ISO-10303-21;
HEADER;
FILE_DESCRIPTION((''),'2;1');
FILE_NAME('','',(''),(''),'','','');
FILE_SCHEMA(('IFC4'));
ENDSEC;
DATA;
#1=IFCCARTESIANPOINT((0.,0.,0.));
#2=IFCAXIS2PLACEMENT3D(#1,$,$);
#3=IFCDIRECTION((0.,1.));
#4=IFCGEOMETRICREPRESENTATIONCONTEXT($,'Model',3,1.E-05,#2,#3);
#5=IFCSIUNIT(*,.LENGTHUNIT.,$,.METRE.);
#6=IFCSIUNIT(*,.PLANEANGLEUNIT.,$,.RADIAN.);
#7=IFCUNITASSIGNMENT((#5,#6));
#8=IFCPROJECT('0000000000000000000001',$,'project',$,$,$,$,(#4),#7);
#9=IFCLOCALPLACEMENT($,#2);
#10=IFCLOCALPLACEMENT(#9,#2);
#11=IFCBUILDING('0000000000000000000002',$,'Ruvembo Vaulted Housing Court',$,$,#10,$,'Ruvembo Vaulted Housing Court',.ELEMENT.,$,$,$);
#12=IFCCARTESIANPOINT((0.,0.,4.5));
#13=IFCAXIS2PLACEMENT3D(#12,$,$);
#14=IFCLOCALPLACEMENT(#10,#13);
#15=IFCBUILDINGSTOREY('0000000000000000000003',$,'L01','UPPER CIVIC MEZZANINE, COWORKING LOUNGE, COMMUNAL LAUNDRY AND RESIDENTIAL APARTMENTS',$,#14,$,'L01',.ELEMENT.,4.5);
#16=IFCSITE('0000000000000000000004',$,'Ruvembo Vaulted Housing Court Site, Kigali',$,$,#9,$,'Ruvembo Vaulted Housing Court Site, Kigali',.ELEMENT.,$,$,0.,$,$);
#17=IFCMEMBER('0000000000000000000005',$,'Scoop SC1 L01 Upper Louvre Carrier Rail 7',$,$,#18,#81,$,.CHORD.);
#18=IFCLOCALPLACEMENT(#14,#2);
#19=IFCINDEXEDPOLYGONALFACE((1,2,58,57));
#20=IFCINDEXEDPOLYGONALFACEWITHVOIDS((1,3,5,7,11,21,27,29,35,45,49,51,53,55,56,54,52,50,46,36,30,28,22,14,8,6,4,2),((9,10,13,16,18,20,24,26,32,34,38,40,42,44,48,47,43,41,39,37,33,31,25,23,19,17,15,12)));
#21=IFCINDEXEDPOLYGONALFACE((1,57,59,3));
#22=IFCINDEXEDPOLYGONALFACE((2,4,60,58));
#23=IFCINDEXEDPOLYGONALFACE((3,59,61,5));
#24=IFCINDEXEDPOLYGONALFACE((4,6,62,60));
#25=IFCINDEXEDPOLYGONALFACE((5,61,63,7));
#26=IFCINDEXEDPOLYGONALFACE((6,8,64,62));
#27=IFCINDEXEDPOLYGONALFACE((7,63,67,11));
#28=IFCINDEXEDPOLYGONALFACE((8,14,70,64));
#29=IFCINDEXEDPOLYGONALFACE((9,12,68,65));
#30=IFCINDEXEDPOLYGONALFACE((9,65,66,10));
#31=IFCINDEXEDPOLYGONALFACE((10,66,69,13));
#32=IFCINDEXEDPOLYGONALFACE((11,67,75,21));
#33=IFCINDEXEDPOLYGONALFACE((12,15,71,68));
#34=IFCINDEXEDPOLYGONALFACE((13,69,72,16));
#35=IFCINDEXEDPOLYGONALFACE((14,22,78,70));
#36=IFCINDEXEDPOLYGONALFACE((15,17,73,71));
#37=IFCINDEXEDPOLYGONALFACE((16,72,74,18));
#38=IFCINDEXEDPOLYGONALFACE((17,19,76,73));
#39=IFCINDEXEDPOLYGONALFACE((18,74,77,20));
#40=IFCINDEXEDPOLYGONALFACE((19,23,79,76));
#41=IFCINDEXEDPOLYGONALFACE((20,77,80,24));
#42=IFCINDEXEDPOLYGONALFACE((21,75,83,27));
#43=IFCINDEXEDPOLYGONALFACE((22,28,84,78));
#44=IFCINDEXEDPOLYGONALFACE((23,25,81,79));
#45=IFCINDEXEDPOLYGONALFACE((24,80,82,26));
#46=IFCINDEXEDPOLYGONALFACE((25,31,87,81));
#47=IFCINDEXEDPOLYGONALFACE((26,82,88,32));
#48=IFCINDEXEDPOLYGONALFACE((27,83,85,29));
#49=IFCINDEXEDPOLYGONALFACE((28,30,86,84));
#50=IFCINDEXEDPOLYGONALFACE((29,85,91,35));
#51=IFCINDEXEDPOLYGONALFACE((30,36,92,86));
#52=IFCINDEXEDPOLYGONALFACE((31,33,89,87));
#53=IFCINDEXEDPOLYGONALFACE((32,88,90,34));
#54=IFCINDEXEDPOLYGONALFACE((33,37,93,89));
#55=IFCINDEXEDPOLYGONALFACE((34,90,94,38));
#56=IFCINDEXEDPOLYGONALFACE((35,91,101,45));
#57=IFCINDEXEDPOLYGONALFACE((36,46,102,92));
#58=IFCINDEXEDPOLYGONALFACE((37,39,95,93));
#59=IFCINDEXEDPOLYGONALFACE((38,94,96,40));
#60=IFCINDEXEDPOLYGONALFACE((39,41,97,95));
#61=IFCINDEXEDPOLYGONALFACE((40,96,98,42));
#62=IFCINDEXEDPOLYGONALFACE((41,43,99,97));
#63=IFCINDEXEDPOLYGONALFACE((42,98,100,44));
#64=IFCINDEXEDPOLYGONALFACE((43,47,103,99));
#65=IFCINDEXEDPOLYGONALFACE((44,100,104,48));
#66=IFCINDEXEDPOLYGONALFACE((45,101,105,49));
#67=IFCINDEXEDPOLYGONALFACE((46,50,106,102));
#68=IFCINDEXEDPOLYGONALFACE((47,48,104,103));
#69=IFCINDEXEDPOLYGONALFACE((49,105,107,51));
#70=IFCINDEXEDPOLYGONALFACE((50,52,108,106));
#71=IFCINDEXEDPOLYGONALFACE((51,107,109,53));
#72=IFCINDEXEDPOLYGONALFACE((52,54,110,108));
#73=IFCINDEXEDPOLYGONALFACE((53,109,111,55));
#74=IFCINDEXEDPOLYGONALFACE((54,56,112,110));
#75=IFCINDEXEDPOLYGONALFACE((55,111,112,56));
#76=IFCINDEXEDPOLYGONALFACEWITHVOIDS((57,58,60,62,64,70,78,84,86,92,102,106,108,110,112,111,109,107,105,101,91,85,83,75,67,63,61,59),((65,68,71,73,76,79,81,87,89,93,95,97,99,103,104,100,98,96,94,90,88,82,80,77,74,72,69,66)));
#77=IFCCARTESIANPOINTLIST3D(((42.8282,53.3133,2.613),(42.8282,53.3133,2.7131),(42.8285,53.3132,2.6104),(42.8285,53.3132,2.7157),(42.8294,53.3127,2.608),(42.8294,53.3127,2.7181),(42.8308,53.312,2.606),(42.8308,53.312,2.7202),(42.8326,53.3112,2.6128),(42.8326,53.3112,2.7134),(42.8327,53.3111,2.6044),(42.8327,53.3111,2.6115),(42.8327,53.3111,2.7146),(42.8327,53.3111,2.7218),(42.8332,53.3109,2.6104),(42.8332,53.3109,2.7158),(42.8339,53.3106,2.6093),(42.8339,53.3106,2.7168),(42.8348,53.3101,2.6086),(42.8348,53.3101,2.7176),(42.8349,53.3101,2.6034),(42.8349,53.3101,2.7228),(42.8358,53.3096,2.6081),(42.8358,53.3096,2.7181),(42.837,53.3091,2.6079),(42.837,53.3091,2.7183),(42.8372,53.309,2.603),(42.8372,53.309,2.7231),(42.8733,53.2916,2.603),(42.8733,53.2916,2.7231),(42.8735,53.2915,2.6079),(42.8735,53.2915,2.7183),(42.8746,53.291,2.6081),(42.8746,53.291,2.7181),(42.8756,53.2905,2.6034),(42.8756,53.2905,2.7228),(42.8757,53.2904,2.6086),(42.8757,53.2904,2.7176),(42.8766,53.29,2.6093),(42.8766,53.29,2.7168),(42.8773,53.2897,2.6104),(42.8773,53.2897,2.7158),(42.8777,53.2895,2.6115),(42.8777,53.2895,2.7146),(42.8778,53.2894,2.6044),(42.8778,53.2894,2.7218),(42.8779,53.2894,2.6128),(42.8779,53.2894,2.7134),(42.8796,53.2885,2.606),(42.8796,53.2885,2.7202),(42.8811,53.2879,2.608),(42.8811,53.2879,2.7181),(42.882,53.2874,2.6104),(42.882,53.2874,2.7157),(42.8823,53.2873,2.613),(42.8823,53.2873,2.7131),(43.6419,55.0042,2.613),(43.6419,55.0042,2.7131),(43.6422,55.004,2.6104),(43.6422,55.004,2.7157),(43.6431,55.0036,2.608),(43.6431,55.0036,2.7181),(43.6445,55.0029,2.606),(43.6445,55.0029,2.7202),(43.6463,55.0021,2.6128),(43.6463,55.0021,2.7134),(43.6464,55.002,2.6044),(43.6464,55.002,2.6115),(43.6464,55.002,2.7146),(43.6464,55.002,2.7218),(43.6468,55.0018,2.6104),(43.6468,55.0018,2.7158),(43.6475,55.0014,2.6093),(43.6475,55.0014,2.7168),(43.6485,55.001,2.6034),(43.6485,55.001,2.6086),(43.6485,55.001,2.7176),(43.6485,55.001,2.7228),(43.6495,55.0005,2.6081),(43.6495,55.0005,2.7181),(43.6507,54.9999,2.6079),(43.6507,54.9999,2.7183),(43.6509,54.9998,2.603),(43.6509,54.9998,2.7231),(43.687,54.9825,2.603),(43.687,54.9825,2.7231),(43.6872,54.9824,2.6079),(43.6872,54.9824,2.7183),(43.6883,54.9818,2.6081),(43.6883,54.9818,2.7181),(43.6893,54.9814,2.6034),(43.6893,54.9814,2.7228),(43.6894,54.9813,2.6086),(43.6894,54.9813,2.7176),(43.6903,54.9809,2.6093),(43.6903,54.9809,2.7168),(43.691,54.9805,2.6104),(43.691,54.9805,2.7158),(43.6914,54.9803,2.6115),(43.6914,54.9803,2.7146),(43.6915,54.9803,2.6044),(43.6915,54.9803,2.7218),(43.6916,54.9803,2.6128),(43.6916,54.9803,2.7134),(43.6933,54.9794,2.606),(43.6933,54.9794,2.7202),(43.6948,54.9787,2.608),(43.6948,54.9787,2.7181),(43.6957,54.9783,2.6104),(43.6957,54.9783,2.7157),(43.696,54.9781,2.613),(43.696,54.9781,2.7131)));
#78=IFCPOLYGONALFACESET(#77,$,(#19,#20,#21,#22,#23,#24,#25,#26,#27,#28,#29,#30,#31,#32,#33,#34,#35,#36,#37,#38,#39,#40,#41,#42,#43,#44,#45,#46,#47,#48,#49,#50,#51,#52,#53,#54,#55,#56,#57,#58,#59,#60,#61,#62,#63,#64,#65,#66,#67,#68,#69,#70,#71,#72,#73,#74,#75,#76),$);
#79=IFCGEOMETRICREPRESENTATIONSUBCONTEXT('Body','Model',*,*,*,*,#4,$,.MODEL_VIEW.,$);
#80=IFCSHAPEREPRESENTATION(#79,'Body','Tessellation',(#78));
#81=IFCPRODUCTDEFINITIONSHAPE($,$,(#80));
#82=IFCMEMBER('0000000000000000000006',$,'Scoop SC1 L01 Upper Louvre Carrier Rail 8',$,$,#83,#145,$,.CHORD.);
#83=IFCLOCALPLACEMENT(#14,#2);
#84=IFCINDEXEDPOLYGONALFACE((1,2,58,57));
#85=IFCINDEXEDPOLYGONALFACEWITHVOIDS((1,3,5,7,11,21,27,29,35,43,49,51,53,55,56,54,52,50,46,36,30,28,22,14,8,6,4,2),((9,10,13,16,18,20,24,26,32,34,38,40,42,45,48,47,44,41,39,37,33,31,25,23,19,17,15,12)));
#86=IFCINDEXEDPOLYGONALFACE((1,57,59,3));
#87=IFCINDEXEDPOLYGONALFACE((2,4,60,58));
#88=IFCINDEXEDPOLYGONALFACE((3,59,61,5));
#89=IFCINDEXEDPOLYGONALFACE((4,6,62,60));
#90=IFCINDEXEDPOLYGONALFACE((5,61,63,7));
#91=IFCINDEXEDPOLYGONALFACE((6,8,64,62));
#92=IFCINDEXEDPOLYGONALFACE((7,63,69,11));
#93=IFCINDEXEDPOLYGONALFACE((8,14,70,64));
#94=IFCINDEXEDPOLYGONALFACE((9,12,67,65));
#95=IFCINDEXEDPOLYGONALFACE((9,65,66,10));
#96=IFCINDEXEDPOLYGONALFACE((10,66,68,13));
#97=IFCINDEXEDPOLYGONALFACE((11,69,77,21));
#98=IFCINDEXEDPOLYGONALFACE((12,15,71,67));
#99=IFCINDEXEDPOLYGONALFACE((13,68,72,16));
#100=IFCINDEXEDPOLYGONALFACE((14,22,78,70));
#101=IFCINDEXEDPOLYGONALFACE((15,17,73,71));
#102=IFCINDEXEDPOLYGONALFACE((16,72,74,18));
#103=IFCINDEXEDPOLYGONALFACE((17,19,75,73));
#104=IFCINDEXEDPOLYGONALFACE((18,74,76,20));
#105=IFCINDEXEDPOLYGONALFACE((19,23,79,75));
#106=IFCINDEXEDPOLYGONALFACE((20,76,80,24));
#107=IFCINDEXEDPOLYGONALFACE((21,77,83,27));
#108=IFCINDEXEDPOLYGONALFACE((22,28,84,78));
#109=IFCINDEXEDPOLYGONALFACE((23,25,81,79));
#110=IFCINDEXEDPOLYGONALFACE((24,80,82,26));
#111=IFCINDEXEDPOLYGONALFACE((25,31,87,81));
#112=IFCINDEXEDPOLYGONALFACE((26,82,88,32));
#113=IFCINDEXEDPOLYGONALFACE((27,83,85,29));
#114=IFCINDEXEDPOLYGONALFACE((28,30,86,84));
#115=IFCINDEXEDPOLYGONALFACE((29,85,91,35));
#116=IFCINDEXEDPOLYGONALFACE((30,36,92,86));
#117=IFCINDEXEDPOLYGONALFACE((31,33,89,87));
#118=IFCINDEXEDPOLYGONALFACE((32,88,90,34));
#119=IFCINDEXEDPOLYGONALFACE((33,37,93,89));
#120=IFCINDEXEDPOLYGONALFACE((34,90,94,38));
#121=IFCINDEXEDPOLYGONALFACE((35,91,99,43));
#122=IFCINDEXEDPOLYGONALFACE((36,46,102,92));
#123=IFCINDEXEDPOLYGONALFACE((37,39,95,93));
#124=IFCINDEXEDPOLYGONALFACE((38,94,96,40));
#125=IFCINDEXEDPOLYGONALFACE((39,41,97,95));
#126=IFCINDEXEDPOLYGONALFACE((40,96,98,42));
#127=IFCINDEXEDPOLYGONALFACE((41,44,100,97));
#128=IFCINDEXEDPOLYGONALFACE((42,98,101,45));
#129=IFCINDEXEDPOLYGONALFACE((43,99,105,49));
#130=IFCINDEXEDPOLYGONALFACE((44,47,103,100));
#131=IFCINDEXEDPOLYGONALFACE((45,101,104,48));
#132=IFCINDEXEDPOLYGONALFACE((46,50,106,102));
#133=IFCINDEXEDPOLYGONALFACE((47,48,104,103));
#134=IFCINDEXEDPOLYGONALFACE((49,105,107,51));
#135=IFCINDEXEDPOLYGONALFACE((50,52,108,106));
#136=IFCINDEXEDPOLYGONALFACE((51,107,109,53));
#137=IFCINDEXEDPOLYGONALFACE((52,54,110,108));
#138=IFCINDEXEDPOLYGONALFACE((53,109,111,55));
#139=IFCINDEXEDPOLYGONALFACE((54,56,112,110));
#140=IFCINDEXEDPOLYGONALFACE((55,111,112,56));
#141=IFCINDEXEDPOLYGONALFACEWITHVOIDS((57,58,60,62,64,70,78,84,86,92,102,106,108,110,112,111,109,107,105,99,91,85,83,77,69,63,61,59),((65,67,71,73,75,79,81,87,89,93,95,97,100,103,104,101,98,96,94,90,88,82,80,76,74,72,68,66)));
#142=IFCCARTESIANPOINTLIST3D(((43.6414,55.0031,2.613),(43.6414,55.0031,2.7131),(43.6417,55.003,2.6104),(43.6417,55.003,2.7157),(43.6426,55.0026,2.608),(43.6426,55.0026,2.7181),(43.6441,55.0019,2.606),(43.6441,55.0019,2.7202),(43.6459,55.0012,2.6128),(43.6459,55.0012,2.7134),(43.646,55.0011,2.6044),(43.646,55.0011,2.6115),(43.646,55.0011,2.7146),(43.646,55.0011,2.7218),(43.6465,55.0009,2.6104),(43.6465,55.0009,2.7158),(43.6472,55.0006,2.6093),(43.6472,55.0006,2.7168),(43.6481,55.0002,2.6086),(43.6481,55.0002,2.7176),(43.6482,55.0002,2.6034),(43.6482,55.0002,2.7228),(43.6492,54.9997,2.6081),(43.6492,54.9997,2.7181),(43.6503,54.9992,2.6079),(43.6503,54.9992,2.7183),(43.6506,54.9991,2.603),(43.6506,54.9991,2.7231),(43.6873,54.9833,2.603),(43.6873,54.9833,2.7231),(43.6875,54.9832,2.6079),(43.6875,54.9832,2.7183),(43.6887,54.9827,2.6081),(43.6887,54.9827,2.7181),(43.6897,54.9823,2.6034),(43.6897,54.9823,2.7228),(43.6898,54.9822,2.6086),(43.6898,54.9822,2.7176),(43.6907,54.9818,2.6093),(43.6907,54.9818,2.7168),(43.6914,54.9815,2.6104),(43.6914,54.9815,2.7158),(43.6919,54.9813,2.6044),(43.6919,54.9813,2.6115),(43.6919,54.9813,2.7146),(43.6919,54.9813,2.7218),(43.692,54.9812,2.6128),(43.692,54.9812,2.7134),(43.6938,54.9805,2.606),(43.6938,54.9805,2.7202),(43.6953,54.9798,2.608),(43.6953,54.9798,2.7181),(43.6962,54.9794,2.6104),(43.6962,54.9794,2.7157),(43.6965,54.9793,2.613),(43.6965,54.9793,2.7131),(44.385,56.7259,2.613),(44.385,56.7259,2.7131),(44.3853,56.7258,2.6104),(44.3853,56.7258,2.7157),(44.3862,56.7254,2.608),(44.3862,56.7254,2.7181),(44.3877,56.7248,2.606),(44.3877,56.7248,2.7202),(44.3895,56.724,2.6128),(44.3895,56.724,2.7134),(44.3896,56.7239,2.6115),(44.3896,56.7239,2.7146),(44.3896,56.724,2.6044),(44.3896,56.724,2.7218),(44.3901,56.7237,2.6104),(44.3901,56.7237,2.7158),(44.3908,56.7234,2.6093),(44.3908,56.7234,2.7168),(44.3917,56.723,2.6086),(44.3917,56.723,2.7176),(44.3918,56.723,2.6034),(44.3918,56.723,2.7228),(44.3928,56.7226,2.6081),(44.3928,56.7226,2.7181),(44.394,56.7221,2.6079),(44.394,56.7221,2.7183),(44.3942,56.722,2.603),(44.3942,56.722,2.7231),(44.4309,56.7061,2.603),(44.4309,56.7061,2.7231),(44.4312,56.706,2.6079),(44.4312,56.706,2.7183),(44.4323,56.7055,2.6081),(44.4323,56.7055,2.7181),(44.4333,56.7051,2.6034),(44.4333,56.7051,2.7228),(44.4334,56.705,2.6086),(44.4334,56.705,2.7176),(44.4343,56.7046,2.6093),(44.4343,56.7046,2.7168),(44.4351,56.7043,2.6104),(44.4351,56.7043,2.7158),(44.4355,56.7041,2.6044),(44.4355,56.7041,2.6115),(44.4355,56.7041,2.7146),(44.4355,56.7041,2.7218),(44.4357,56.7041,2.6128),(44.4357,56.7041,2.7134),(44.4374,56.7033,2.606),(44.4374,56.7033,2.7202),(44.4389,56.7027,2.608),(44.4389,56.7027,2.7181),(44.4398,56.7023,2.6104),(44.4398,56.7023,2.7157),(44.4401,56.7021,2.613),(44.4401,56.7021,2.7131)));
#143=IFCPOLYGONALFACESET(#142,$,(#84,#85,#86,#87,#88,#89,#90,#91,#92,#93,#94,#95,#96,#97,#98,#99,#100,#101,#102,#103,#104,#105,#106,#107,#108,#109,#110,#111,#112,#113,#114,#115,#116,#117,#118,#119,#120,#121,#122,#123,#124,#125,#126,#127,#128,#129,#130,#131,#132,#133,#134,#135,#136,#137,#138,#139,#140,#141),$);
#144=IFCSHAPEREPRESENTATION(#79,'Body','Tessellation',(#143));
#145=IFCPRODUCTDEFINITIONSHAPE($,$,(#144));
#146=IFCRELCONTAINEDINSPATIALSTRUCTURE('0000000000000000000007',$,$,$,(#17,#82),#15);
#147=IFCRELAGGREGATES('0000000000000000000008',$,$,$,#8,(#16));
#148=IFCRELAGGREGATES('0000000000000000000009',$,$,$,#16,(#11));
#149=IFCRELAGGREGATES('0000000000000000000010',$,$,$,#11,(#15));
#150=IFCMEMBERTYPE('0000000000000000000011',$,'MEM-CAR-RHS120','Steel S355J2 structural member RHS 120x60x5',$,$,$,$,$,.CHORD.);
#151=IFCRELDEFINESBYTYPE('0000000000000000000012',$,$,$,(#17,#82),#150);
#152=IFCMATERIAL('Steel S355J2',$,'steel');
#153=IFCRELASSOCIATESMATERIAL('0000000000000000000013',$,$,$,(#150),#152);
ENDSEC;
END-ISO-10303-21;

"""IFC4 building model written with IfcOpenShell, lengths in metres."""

from ifc_helpers import new_model, si_unit, direction, frame, origin, origin_2d, place, context, subcontext, project, spatial, hollow_rectangle, extrude, material, material_profile, profile_set, type_object, element, save


model = new_model("IFC4")

# Units and contexts
model_context = context("Model", 3, precision=1e-05, world=origin(), true_north=direction((0.0, 1.0)))
body_context = subcontext(model_context, "Body", "Model", "MODEL_VIEW")
ifc_project = project(units=[si_unit("LENGTHUNIT", "METRE"), si_unit("PLANEANGLEUNIT", "RADIAN")], contexts=[model_context])

# Site, building, storey
site_placement = place(None, origin())
site = spatial("IfcSite", under=ifc_project, at=site_placement, Name="Ruvembo Vaulted Housing Court Site, Kigali", LongName="Ruvembo Vaulted Housing Court Site, Kigali", CompositionType="ELEMENT", RefElevation=0.0)
building_placement = place(site_placement, origin())
building = spatial("IfcBuilding", under=site, at=building_placement, Name="Ruvembo Vaulted Housing Court", LongName="Ruvembo Vaulted Housing Court", CompositionType="ELEMENT")
storey_placement = place(building_placement, frame((0.0, 0.0, 4.5)))
storey = spatial("IfcBuildingStorey", under=building, at=storey_placement, Name="L01", Description="UPPER CIVIC MEZZANINE, COWORKING LOUNGE, COMMUNAL LAUNDRY AND RESIDENTIAL APARTMENTS", LongName="L01", CompositionType="ELEMENT", Elevation=4.5)

# Shared definitions
ifc_material_1 = material(Name="Steel S355J2", Category="steel")

# Members
ifc_material_profile_1 = material_profile(ifc_material_1, hollow_rectangle(XDim=0.0601, YDim=0.1201, WallThickness=0.0049, InnerFilletRadius=0.0049, OuterFilletRadius=0.01, at=origin_2d()), Name="RHS 120x60x5")
ifc_profile_set_1 = profile_set([ifc_material_profile_1], Name="Steel S355J2")
member_type_1 = type_object("IfcMemberType", Name="MEM-CAR-RHS120", Description="Steel S355J2 structural member RHS 120x60x5", PredefinedType="CHORD", material=ifc_profile_set_1)
for number, where, z_axis, x_axis, name in (
    (1, (42.8552, 53.3003, 2.6631), (0.433632, 0.90109, 0.0), (-0.90109, 0.433632, 0.0), "Scoop SC1 L01 Upper Louvre Carrier Rail 7"),
    (2, (43.6689, 54.9912, 2.6631), (0.396289, 0.918126, 0.0), (-0.918126, 0.396289, 0.0), "Scoop SC1 L01 Upper Louvre Carrier Rail 8"),
):
    element("IfcMember", number, at=place(storey_placement, frame(where, z_axis=z_axis, x_axis=x_axis)), inside=storey, type_object=member_type_1, Name=name, PredefinedType="CHORD", context=body_context, shape_type="SweptSolid", body=[
        extrude(hollow_rectangle(XDim=0.0601, YDim=0.1201, WallThickness=0.0049, InnerFilletRadius=0.0049, OuterFilletRadius=0.01, at=origin_2d()), origin(), (0.0, 0.0, 1.0), 1.8765),
    ])

save(model, "model.ifc")
